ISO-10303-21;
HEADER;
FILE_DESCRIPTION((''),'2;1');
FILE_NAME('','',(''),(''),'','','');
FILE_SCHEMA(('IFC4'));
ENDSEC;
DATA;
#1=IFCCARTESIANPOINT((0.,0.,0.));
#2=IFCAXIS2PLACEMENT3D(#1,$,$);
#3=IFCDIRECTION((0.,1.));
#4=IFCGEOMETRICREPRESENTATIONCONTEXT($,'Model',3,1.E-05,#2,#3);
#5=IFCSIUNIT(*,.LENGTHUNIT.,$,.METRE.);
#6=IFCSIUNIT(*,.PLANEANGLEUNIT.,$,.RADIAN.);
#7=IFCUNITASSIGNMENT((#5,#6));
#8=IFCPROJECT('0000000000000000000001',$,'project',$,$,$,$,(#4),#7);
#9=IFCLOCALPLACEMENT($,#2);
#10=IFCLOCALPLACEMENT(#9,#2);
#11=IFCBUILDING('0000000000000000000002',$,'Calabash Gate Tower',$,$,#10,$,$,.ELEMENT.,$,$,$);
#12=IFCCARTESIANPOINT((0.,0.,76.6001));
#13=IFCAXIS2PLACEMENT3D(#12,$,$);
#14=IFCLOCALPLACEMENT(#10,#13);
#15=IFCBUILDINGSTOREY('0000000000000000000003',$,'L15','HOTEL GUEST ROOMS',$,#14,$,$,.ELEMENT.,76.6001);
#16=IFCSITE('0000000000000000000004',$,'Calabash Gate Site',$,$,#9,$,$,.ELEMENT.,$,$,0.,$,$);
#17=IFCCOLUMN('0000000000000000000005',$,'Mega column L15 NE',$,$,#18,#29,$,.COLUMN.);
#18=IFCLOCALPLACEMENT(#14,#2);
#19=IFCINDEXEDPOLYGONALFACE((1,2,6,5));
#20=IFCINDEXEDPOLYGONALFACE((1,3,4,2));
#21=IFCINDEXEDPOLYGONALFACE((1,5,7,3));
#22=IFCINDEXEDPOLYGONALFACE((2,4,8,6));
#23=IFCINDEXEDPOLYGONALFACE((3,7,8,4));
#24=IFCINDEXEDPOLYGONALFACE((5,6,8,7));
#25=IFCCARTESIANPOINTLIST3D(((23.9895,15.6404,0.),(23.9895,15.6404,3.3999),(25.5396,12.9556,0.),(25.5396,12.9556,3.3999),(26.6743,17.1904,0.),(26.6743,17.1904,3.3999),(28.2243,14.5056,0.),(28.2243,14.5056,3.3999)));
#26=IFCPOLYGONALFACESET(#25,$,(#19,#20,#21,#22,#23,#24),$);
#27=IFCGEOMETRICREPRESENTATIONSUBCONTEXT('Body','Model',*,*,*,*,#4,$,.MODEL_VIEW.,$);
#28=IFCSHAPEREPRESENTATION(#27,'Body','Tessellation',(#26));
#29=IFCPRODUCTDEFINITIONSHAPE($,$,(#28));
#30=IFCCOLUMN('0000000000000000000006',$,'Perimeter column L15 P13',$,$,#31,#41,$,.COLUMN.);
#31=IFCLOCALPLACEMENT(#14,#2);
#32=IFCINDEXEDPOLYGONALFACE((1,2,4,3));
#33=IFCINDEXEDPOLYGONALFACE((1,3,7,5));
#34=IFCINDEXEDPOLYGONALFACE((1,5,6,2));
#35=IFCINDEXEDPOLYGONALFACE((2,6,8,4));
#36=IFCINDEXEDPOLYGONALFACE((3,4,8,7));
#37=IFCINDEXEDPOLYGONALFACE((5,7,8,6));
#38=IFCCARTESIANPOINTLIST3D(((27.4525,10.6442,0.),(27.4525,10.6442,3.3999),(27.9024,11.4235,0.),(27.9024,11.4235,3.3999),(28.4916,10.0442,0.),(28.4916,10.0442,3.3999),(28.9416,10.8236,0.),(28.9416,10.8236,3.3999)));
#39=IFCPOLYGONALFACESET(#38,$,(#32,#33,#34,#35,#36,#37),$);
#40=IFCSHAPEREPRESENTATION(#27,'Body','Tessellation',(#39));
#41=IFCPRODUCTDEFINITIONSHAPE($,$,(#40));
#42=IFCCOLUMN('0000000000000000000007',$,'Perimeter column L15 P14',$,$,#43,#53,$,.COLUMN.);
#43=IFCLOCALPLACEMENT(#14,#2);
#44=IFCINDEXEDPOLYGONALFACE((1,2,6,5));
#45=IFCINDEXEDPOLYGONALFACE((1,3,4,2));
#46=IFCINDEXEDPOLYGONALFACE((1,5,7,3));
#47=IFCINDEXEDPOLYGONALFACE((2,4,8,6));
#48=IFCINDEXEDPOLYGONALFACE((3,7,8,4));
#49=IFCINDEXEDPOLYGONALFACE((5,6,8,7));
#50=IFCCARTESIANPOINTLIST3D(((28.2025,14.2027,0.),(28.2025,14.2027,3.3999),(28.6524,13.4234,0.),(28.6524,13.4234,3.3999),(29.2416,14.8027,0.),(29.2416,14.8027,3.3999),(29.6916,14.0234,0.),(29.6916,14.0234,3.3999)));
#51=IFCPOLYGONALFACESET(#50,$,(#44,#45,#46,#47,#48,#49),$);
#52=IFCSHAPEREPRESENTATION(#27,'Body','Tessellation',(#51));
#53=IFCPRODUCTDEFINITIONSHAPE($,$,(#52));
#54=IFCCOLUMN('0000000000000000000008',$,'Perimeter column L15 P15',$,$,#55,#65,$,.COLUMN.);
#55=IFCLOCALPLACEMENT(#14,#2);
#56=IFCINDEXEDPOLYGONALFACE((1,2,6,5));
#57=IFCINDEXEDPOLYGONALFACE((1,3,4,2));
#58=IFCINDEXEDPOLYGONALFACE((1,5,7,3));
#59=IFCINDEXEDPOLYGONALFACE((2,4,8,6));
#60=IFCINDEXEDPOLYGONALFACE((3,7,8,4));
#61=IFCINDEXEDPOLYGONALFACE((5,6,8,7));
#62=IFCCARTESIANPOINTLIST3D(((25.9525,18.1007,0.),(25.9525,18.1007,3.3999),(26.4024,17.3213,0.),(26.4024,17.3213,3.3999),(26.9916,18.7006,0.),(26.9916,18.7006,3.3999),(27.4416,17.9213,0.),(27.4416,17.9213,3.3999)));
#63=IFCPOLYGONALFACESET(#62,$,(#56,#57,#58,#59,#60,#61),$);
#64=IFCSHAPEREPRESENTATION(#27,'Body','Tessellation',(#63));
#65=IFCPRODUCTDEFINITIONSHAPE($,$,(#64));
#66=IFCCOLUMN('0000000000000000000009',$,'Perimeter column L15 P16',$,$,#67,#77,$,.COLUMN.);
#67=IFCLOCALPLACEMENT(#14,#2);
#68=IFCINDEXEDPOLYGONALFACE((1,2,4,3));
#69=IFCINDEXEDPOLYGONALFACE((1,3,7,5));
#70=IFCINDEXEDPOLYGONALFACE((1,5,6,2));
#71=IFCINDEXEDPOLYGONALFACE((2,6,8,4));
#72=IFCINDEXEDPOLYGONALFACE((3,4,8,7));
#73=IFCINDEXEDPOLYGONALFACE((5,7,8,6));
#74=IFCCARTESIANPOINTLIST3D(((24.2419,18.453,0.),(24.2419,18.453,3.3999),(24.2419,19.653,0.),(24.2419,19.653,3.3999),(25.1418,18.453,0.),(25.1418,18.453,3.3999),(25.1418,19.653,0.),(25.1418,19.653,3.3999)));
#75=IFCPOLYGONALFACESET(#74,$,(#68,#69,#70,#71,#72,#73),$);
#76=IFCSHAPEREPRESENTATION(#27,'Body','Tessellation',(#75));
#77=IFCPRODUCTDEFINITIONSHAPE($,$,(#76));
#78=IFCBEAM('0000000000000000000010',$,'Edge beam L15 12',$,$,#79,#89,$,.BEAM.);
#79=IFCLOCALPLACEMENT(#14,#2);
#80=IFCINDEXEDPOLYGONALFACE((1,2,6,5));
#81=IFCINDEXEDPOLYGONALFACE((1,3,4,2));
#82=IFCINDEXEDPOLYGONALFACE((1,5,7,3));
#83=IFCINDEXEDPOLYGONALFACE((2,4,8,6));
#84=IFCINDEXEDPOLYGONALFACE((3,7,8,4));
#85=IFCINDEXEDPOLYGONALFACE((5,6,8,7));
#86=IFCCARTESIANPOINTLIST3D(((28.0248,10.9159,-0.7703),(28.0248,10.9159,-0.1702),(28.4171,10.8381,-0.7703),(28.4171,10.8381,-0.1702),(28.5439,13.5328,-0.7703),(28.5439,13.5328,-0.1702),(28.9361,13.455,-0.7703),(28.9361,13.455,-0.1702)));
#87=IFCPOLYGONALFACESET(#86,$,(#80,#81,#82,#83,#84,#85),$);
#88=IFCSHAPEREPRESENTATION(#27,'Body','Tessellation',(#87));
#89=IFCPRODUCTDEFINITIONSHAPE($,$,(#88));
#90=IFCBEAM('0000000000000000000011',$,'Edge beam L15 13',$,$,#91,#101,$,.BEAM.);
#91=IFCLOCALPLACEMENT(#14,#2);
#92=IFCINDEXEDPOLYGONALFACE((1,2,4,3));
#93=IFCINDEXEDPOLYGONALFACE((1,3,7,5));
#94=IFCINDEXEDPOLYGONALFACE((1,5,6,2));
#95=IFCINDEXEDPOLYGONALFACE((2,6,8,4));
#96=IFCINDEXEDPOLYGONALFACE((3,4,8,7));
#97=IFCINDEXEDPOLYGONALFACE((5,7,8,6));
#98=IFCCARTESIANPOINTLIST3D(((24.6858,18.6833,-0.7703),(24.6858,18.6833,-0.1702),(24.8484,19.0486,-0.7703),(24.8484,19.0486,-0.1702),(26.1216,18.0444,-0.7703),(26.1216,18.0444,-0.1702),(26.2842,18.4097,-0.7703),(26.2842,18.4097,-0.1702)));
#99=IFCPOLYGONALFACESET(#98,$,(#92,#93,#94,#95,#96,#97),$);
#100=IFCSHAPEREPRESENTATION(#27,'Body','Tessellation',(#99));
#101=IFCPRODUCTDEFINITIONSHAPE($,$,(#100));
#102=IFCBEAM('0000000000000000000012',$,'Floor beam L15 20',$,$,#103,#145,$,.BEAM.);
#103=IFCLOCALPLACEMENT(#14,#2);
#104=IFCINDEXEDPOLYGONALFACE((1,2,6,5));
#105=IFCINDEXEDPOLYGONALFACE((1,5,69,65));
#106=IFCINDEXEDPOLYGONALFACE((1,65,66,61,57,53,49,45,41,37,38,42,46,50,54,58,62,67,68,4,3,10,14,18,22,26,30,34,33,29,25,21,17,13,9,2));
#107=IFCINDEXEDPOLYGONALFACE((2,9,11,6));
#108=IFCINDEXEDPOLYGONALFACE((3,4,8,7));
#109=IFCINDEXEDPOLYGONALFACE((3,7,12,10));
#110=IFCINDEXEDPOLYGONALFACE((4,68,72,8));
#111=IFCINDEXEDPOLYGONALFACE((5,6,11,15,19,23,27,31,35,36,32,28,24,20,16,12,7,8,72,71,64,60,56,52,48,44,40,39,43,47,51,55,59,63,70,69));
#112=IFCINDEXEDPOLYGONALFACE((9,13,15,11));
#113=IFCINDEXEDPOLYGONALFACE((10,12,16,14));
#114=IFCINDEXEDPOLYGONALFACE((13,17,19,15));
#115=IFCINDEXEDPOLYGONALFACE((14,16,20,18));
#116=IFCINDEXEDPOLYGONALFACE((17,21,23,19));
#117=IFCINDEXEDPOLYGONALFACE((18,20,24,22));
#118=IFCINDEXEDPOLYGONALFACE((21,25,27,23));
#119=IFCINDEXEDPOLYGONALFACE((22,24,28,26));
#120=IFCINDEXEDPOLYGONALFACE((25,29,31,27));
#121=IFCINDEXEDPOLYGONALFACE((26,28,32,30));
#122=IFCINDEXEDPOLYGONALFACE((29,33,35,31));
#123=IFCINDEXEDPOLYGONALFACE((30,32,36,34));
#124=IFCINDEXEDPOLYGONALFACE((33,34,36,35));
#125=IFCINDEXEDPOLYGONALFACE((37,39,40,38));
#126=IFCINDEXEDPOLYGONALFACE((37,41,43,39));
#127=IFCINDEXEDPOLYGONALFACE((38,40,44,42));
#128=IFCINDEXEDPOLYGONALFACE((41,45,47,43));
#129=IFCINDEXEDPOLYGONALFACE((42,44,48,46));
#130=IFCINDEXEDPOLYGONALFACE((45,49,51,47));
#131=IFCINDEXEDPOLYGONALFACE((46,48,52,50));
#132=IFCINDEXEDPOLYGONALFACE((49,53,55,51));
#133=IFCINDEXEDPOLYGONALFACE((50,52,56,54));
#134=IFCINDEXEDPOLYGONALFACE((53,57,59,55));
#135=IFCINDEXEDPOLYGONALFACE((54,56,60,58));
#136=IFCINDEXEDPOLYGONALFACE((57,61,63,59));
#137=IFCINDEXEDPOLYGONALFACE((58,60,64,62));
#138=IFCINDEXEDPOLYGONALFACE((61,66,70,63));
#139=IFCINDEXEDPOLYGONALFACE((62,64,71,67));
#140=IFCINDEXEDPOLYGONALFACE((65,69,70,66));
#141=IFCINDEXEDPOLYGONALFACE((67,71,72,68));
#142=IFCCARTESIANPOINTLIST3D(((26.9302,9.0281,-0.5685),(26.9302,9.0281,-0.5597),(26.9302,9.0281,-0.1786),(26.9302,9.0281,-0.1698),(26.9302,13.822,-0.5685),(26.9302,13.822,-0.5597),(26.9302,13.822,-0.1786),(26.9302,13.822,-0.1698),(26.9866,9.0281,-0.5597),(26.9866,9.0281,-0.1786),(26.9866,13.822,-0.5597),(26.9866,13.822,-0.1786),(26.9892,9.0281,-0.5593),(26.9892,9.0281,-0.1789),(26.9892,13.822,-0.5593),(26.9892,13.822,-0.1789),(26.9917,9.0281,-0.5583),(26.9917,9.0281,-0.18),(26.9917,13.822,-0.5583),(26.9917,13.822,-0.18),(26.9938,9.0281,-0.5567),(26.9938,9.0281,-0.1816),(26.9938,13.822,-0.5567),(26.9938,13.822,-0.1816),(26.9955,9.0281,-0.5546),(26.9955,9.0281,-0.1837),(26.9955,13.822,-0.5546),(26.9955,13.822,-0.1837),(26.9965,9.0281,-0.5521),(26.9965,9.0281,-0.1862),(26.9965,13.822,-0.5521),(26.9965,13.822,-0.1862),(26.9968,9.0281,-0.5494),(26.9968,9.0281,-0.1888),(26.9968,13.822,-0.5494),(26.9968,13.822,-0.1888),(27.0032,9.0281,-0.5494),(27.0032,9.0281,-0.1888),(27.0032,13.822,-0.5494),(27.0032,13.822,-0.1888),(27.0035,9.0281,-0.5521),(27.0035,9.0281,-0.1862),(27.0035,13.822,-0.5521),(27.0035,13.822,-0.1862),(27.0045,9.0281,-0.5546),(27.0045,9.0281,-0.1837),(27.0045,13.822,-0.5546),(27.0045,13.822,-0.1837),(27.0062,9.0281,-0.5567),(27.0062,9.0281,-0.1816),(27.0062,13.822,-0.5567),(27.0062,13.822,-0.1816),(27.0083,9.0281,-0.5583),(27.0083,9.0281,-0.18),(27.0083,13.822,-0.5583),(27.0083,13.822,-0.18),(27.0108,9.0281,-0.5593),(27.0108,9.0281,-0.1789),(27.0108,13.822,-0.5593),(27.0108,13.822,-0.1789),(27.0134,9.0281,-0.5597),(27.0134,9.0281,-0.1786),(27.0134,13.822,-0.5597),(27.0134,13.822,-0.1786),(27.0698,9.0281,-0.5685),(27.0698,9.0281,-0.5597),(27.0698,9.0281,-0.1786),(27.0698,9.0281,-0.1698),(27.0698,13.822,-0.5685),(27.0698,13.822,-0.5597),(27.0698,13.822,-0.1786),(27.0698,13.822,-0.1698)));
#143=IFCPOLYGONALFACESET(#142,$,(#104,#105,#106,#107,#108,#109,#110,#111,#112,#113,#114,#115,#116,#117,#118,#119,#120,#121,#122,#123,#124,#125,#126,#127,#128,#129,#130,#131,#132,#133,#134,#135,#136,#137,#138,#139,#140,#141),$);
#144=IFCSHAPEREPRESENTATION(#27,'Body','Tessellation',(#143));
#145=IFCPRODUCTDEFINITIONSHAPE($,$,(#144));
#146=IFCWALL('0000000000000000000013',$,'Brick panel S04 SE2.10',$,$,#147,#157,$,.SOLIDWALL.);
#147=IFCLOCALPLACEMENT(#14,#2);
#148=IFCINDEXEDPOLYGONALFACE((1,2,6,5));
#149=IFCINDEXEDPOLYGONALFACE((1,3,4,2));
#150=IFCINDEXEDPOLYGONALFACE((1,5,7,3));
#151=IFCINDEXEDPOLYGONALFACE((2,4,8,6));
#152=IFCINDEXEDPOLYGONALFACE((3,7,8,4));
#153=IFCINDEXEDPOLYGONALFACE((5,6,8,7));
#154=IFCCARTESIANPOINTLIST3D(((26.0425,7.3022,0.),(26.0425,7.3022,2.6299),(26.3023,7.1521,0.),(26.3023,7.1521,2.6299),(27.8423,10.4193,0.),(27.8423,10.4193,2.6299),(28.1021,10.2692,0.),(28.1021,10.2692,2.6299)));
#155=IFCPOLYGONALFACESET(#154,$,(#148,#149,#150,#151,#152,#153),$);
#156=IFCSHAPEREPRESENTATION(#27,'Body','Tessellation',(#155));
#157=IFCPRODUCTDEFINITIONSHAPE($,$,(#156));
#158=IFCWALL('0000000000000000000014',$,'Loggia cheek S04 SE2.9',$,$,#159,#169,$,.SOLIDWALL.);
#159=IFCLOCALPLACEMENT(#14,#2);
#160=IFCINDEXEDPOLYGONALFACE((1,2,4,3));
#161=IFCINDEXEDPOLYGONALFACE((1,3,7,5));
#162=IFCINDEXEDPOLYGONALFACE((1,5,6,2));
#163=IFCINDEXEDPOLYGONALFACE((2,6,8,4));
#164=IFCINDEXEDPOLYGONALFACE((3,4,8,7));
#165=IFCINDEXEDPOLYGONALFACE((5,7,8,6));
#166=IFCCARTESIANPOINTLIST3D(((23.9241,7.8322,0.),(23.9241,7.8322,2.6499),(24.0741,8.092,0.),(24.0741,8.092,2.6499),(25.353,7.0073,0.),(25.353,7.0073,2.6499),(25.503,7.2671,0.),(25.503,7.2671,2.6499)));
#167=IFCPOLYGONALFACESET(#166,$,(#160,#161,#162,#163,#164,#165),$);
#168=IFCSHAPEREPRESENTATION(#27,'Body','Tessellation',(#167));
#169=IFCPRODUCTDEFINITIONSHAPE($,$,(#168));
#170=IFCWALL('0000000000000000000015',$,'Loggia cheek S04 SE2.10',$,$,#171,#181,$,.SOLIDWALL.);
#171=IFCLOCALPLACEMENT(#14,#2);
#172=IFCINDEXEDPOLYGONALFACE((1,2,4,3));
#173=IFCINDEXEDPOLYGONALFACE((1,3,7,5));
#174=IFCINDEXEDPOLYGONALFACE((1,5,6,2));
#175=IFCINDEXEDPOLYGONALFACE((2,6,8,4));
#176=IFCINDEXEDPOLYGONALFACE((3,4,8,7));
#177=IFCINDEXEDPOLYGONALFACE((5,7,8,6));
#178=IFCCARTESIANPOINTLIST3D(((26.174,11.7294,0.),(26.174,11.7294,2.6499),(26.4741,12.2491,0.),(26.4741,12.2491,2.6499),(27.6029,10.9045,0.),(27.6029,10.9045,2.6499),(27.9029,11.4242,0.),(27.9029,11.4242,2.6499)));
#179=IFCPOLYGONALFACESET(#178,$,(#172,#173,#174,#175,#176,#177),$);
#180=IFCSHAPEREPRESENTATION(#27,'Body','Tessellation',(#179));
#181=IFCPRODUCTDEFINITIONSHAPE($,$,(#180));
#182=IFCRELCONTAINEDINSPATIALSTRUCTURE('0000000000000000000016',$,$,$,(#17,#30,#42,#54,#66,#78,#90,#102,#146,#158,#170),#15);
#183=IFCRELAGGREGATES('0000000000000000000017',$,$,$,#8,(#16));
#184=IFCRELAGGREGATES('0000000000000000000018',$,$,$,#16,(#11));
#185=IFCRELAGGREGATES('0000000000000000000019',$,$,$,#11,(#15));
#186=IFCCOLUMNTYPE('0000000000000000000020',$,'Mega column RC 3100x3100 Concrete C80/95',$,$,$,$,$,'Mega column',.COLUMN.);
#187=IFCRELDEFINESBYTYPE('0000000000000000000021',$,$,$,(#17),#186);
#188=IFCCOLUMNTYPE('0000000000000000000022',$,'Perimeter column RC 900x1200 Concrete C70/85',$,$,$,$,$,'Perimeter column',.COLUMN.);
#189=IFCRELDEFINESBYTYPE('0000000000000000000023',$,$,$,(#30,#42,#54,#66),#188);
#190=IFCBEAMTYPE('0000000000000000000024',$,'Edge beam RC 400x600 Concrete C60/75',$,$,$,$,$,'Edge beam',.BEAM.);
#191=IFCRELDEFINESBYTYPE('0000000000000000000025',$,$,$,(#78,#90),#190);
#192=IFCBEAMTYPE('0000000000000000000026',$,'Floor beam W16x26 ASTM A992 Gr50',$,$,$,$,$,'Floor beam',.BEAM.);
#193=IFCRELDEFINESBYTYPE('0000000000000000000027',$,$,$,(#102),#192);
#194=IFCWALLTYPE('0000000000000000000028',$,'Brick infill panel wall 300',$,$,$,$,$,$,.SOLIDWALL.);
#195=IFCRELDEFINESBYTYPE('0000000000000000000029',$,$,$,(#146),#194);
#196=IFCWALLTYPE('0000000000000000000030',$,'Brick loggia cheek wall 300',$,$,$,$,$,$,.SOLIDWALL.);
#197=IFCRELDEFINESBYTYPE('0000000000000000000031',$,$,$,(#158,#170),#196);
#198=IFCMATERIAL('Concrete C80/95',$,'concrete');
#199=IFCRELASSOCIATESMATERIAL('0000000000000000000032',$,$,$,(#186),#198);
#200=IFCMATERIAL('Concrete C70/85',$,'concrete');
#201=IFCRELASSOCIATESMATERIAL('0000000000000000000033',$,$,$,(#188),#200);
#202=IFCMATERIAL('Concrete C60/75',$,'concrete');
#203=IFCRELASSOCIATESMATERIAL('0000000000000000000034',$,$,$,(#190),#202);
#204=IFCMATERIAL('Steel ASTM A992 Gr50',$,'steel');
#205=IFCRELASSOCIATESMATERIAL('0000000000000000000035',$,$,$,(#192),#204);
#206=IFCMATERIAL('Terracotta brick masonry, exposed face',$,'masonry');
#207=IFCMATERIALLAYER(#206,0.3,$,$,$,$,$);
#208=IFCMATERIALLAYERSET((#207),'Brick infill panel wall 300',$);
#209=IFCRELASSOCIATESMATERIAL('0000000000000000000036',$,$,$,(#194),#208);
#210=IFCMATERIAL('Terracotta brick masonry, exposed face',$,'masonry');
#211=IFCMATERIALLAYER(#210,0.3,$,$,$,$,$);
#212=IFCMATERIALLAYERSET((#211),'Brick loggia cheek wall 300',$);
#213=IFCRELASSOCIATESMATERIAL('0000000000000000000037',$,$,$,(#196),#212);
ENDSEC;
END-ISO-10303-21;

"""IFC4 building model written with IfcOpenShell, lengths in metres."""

from ifc_helpers import new_model, si_unit, direction, frame, frame_2d, origin, origin_2d, place, context, subcontext, project, spatial, rectangle, i_section, extrude, material, layer, layer_set, material_profile, profile_set, type_object, element, save


model = new_model("IFC4")

# Units and contexts
model_context = context("Model", 3, precision=1e-05, world=origin(), true_north=direction((0.0, 1.0)))
body_context = subcontext(model_context, "Body", "Model", "MODEL_VIEW")
ifc_project = project(units=[si_unit("LENGTHUNIT", "METRE"), si_unit("PLANEANGLEUNIT", "RADIAN")], contexts=[model_context])

# Site, building, storey
site_placement = place(None, origin())
site = spatial("IfcSite", under=ifc_project, at=site_placement, Name="Calabash Gate Site", CompositionType="ELEMENT", RefElevation=0.0)
building_placement = place(site_placement, origin())
building = spatial("IfcBuilding", under=site, at=building_placement, Name="Calabash Gate Tower", CompositionType="ELEMENT")
storey_placement = place(building_placement, frame((0.0, 0.0, 76.6001)))
storey = spatial("IfcBuildingStorey", under=building, at=storey_placement, Name="L15", Description="HOTEL GUEST ROOMS", CompositionType="ELEMENT", Elevation=76.6001)

# Columns
ifc_material_1 = material(Name="Concrete C80/95", Category="concrete")
ifc_material_profile_1 = material_profile(ifc_material_1, rectangle(XDim=3.1001, YDim=3.1001, at=origin_2d()))
ifc_profile_set_1 = profile_set([ifc_material_profile_1], Name="Concrete C80/95")
column_type_1 = type_object("IfcColumnType", Name="Mega column RC 3100x3100 Concrete C80/95", ElementType="Mega column", PredefinedType="COLUMN", material=ifc_profile_set_1)
column_placement = place(storey_placement, frame((26.1069, 15.073, 0.0), z_axis=(0.0, 0.0, 1.0), x_axis=(-0.866025, -0.5, 0.0)))
element("IfcColumn", 1, at=column_placement, inside=storey, type_object=column_type_1, Name="Mega column L15 NE", PredefinedType="COLUMN", context=body_context, shape_type="SweptSolid", body=[
    extrude(rectangle(XDim=3.1001, YDim=3.1001, at=origin_2d()), origin(), (0.0, 0.0, 1.0), 3.3999),
])
ifc_material_2 = material(Name="Concrete C70/85", Category="concrete")
ifc_material_profile_2 = material_profile(ifc_material_2, rectangle(XDim=0.8999, YDim=1.2, at=origin_2d()))
ifc_profile_set_2 = profile_set([ifc_material_profile_2], Name="Concrete C70/85")
column_type_2 = type_object("IfcColumnType", Name="Perimeter column RC 900x1200 Concrete C70/85", ElementType="Perimeter column", PredefinedType="COLUMN", material=ifc_profile_set_2)
for number, where, z_axis, x_axis, name in (
    (2, (28.197, 10.7339, 0.0), (0.0, 0.0, 1.0), (0.5, 0.866025, 0.0), "Perimeter column L15 P13"),
    (3, (28.947, 14.113, 0.0), (0.0, 0.0, 1.0), (-0.5, 0.866025, 0.0), "Perimeter column L15 P14"),
    (4, (26.697, 18.011, 0.0), (0.0, 0.0, 1.0), (-0.5, 0.866025, 0.0), "Perimeter column L15 P15"),
    (5, (24.6919, 19.053, 0.0), (0.0, 0.0, 1.0), (-1.0, 0.0, 0.0), "Perimeter column L15 P16"),
):
    element("IfcColumn", number, at=place(storey_placement, frame(where, z_axis=z_axis, x_axis=x_axis)), inside=storey, type_object=column_type_2, Name=name, PredefinedType="COLUMN", context=body_context, shape_type="SweptSolid", body=[
        extrude(rectangle(XDim=0.8999, YDim=1.2, at=origin_2d()), origin(), (0.0, 0.0, 1.0), 3.3999),
    ])

# Beams
ifc_material_3 = material(Name="Concrete C60/75", Category="concrete")
ifc_material_profile_3 = material_profile(ifc_material_3, rectangle(XDim=0.3999, YDim=0.6001, at=origin_2d()))
ifc_profile_set_3 = profile_set([ifc_material_profile_3], Name="Concrete C60/75")
beam_type_1 = type_object("IfcBeamType", Name="Edge beam RC 400x600 Concrete C60/75", ElementType="Edge beam", PredefinedType="BEAM", material=ifc_profile_set_3)
beam_1_placement = place(storey_placement, frame((28.2209, 10.877, -0.4702), z_axis=(0.19455, 0.980893, 0.0), x_axis=(-0.980893, 0.19455, 0.0)))
element("IfcBeam", 6, at=beam_1_placement, inside=storey, type_object=beam_type_1, Name="Edge beam L15 12", PredefinedType="BEAM", context=body_context, shape_type="SweptSolid", body=[
    extrude(rectangle(XDim=0.3999, YDim=0.6001, at=origin_2d()), origin(), (0.0, 0.0, 1.0), 2.668),
])
beam_2_placement = place(storey_placement, frame((26.2029, 18.2271, -0.4702), z_axis=(-0.913626, 0.406556, 0.0), x_axis=(-0.406556, -0.913626, 0.0)))
element("IfcBeam", 7, at=beam_2_placement, inside=storey, type_object=beam_type_1, Name="Edge beam L15 13", PredefinedType="BEAM", context=body_context, shape_type="SweptSolid", body=[
    extrude(rectangle(XDim=0.3999, YDim=0.6001, at=origin_2d()), origin(), (0.0, 0.0, 1.0), 1.5715),
])
ifc_material_4 = material(Name="Steel ASTM A992 Gr50", Category="steel")
ifc_material_profile_4 = material_profile(ifc_material_4, i_section(OverallWidth=0.1396, OverallDepth=0.3987, WebThickness=0.0063, FlangeThickness=0.0088, FilletRadius=0.0103, at=origin_2d()))
ifc_profile_set_4 = profile_set([ifc_material_profile_4], Name="Steel ASTM A992 Gr50")
beam_type_2 = type_object("IfcBeamType", Name="Floor beam W16x26 ASTM A992 Gr50", ElementType="Floor beam", PredefinedType="BEAM", material=ifc_profile_set_4)
beam_3_placement = place(storey_placement, frame((27.0, 9.0281, -0.3691), z_axis=(0.0, 1.0, 0.0), x_axis=(-1.0, 0.0, 0.0)))
element("IfcBeam", 8, at=beam_3_placement, inside=storey, type_object=beam_type_2, Name="Floor beam L15 20", PredefinedType="BEAM", context=body_context, shape_type="SweptSolid", body=[
    extrude(i_section(OverallWidth=0.1396, OverallDepth=0.3987, WebThickness=0.0063, FlangeThickness=0.0088, FilletRadius=0.0103, at=origin_2d()), origin(), (0.0, 0.0, 1.0), 4.7939),
])

# Walls
ifc_material_5 = material(Name="Terracotta brick masonry, exposed face", Category="masonry")
ifc_layer_1 = layer(ifc_material_5, 0.3)
ifc_layer_set_1 = layer_set([ifc_layer_1], Name="Brick infill panel wall 300")
wall_type_1 = type_object("IfcWallType", Name="Brick infill panel wall 300", PredefinedType="SOLIDWALL", material=ifc_layer_set_1)
wall_1_placement = place(storey_placement, frame((26.1724, 7.2271, 0.0), z_axis=(0.0, 0.0, 1.0), x_axis=(0.50002, 0.866014, 0.0)))
element("IfcWall", 9, at=wall_1_placement, inside=storey, type_object=wall_type_1, Name="Brick panel S04 SE2.10", PredefinedType="SOLIDWALL", context=body_context, shape_type="SweptSolid", body=[
    extrude(rectangle(XDim=3.5994, YDim=0.3, at=frame_2d((1.7998, 0.0))), origin(), (0.0, 0.0, 1.0), 2.6299),
])
ifc_material_6 = material(Name="Terracotta brick masonry, exposed face", Category="masonry")
ifc_layer_2 = layer(ifc_material_6, 0.3)
ifc_layer_set_2 = layer_set([ifc_layer_2], Name="Brick loggia cheek wall 300")
wall_type_2 = type_object("IfcWallType", Name="Brick loggia cheek wall 300", PredefinedType="SOLIDWALL", material=ifc_layer_set_2)
wall_2_placement = place(storey_placement, frame((25.428, 7.1372, 0.0), z_axis=(0.0, 0.0, 1.0), x_axis=(-0.86604, 0.499974, 0.0)))
element("IfcWall", 10, at=wall_2_placement, inside=storey, type_object=wall_type_2, Name="Loggia cheek S04 SE2.9", PredefinedType="SOLIDWALL", context=body_context, shape_type="SweptSolid", body=[
    extrude(rectangle(XDim=1.6499, YDim=0.3, at=frame_2d((0.825, 0.0))), origin(), (0.0, 0.0, 1.0), 2.6499),
])
wall_3_placement = place(storey_placement, frame((27.7529, 11.1643, 0.0), z_axis=(0.0, 0.0, 1.0), x_axis=(-0.86604, 0.499974, 0.0)))
element("IfcWall", 11, at=wall_3_placement, inside=storey, type_object=wall_type_2, Name="Loggia cheek S04 SE2.10", PredefinedType="SOLIDWALL", context=body_context, shape_type="SweptSolid", body=[
    extrude(rectangle(XDim=1.6499, YDim=0.6001, at=frame_2d((0.825, 0.0))), origin(), (0.0, 0.0, 1.0), 2.6499),
])

save(model, "model.ifc")
